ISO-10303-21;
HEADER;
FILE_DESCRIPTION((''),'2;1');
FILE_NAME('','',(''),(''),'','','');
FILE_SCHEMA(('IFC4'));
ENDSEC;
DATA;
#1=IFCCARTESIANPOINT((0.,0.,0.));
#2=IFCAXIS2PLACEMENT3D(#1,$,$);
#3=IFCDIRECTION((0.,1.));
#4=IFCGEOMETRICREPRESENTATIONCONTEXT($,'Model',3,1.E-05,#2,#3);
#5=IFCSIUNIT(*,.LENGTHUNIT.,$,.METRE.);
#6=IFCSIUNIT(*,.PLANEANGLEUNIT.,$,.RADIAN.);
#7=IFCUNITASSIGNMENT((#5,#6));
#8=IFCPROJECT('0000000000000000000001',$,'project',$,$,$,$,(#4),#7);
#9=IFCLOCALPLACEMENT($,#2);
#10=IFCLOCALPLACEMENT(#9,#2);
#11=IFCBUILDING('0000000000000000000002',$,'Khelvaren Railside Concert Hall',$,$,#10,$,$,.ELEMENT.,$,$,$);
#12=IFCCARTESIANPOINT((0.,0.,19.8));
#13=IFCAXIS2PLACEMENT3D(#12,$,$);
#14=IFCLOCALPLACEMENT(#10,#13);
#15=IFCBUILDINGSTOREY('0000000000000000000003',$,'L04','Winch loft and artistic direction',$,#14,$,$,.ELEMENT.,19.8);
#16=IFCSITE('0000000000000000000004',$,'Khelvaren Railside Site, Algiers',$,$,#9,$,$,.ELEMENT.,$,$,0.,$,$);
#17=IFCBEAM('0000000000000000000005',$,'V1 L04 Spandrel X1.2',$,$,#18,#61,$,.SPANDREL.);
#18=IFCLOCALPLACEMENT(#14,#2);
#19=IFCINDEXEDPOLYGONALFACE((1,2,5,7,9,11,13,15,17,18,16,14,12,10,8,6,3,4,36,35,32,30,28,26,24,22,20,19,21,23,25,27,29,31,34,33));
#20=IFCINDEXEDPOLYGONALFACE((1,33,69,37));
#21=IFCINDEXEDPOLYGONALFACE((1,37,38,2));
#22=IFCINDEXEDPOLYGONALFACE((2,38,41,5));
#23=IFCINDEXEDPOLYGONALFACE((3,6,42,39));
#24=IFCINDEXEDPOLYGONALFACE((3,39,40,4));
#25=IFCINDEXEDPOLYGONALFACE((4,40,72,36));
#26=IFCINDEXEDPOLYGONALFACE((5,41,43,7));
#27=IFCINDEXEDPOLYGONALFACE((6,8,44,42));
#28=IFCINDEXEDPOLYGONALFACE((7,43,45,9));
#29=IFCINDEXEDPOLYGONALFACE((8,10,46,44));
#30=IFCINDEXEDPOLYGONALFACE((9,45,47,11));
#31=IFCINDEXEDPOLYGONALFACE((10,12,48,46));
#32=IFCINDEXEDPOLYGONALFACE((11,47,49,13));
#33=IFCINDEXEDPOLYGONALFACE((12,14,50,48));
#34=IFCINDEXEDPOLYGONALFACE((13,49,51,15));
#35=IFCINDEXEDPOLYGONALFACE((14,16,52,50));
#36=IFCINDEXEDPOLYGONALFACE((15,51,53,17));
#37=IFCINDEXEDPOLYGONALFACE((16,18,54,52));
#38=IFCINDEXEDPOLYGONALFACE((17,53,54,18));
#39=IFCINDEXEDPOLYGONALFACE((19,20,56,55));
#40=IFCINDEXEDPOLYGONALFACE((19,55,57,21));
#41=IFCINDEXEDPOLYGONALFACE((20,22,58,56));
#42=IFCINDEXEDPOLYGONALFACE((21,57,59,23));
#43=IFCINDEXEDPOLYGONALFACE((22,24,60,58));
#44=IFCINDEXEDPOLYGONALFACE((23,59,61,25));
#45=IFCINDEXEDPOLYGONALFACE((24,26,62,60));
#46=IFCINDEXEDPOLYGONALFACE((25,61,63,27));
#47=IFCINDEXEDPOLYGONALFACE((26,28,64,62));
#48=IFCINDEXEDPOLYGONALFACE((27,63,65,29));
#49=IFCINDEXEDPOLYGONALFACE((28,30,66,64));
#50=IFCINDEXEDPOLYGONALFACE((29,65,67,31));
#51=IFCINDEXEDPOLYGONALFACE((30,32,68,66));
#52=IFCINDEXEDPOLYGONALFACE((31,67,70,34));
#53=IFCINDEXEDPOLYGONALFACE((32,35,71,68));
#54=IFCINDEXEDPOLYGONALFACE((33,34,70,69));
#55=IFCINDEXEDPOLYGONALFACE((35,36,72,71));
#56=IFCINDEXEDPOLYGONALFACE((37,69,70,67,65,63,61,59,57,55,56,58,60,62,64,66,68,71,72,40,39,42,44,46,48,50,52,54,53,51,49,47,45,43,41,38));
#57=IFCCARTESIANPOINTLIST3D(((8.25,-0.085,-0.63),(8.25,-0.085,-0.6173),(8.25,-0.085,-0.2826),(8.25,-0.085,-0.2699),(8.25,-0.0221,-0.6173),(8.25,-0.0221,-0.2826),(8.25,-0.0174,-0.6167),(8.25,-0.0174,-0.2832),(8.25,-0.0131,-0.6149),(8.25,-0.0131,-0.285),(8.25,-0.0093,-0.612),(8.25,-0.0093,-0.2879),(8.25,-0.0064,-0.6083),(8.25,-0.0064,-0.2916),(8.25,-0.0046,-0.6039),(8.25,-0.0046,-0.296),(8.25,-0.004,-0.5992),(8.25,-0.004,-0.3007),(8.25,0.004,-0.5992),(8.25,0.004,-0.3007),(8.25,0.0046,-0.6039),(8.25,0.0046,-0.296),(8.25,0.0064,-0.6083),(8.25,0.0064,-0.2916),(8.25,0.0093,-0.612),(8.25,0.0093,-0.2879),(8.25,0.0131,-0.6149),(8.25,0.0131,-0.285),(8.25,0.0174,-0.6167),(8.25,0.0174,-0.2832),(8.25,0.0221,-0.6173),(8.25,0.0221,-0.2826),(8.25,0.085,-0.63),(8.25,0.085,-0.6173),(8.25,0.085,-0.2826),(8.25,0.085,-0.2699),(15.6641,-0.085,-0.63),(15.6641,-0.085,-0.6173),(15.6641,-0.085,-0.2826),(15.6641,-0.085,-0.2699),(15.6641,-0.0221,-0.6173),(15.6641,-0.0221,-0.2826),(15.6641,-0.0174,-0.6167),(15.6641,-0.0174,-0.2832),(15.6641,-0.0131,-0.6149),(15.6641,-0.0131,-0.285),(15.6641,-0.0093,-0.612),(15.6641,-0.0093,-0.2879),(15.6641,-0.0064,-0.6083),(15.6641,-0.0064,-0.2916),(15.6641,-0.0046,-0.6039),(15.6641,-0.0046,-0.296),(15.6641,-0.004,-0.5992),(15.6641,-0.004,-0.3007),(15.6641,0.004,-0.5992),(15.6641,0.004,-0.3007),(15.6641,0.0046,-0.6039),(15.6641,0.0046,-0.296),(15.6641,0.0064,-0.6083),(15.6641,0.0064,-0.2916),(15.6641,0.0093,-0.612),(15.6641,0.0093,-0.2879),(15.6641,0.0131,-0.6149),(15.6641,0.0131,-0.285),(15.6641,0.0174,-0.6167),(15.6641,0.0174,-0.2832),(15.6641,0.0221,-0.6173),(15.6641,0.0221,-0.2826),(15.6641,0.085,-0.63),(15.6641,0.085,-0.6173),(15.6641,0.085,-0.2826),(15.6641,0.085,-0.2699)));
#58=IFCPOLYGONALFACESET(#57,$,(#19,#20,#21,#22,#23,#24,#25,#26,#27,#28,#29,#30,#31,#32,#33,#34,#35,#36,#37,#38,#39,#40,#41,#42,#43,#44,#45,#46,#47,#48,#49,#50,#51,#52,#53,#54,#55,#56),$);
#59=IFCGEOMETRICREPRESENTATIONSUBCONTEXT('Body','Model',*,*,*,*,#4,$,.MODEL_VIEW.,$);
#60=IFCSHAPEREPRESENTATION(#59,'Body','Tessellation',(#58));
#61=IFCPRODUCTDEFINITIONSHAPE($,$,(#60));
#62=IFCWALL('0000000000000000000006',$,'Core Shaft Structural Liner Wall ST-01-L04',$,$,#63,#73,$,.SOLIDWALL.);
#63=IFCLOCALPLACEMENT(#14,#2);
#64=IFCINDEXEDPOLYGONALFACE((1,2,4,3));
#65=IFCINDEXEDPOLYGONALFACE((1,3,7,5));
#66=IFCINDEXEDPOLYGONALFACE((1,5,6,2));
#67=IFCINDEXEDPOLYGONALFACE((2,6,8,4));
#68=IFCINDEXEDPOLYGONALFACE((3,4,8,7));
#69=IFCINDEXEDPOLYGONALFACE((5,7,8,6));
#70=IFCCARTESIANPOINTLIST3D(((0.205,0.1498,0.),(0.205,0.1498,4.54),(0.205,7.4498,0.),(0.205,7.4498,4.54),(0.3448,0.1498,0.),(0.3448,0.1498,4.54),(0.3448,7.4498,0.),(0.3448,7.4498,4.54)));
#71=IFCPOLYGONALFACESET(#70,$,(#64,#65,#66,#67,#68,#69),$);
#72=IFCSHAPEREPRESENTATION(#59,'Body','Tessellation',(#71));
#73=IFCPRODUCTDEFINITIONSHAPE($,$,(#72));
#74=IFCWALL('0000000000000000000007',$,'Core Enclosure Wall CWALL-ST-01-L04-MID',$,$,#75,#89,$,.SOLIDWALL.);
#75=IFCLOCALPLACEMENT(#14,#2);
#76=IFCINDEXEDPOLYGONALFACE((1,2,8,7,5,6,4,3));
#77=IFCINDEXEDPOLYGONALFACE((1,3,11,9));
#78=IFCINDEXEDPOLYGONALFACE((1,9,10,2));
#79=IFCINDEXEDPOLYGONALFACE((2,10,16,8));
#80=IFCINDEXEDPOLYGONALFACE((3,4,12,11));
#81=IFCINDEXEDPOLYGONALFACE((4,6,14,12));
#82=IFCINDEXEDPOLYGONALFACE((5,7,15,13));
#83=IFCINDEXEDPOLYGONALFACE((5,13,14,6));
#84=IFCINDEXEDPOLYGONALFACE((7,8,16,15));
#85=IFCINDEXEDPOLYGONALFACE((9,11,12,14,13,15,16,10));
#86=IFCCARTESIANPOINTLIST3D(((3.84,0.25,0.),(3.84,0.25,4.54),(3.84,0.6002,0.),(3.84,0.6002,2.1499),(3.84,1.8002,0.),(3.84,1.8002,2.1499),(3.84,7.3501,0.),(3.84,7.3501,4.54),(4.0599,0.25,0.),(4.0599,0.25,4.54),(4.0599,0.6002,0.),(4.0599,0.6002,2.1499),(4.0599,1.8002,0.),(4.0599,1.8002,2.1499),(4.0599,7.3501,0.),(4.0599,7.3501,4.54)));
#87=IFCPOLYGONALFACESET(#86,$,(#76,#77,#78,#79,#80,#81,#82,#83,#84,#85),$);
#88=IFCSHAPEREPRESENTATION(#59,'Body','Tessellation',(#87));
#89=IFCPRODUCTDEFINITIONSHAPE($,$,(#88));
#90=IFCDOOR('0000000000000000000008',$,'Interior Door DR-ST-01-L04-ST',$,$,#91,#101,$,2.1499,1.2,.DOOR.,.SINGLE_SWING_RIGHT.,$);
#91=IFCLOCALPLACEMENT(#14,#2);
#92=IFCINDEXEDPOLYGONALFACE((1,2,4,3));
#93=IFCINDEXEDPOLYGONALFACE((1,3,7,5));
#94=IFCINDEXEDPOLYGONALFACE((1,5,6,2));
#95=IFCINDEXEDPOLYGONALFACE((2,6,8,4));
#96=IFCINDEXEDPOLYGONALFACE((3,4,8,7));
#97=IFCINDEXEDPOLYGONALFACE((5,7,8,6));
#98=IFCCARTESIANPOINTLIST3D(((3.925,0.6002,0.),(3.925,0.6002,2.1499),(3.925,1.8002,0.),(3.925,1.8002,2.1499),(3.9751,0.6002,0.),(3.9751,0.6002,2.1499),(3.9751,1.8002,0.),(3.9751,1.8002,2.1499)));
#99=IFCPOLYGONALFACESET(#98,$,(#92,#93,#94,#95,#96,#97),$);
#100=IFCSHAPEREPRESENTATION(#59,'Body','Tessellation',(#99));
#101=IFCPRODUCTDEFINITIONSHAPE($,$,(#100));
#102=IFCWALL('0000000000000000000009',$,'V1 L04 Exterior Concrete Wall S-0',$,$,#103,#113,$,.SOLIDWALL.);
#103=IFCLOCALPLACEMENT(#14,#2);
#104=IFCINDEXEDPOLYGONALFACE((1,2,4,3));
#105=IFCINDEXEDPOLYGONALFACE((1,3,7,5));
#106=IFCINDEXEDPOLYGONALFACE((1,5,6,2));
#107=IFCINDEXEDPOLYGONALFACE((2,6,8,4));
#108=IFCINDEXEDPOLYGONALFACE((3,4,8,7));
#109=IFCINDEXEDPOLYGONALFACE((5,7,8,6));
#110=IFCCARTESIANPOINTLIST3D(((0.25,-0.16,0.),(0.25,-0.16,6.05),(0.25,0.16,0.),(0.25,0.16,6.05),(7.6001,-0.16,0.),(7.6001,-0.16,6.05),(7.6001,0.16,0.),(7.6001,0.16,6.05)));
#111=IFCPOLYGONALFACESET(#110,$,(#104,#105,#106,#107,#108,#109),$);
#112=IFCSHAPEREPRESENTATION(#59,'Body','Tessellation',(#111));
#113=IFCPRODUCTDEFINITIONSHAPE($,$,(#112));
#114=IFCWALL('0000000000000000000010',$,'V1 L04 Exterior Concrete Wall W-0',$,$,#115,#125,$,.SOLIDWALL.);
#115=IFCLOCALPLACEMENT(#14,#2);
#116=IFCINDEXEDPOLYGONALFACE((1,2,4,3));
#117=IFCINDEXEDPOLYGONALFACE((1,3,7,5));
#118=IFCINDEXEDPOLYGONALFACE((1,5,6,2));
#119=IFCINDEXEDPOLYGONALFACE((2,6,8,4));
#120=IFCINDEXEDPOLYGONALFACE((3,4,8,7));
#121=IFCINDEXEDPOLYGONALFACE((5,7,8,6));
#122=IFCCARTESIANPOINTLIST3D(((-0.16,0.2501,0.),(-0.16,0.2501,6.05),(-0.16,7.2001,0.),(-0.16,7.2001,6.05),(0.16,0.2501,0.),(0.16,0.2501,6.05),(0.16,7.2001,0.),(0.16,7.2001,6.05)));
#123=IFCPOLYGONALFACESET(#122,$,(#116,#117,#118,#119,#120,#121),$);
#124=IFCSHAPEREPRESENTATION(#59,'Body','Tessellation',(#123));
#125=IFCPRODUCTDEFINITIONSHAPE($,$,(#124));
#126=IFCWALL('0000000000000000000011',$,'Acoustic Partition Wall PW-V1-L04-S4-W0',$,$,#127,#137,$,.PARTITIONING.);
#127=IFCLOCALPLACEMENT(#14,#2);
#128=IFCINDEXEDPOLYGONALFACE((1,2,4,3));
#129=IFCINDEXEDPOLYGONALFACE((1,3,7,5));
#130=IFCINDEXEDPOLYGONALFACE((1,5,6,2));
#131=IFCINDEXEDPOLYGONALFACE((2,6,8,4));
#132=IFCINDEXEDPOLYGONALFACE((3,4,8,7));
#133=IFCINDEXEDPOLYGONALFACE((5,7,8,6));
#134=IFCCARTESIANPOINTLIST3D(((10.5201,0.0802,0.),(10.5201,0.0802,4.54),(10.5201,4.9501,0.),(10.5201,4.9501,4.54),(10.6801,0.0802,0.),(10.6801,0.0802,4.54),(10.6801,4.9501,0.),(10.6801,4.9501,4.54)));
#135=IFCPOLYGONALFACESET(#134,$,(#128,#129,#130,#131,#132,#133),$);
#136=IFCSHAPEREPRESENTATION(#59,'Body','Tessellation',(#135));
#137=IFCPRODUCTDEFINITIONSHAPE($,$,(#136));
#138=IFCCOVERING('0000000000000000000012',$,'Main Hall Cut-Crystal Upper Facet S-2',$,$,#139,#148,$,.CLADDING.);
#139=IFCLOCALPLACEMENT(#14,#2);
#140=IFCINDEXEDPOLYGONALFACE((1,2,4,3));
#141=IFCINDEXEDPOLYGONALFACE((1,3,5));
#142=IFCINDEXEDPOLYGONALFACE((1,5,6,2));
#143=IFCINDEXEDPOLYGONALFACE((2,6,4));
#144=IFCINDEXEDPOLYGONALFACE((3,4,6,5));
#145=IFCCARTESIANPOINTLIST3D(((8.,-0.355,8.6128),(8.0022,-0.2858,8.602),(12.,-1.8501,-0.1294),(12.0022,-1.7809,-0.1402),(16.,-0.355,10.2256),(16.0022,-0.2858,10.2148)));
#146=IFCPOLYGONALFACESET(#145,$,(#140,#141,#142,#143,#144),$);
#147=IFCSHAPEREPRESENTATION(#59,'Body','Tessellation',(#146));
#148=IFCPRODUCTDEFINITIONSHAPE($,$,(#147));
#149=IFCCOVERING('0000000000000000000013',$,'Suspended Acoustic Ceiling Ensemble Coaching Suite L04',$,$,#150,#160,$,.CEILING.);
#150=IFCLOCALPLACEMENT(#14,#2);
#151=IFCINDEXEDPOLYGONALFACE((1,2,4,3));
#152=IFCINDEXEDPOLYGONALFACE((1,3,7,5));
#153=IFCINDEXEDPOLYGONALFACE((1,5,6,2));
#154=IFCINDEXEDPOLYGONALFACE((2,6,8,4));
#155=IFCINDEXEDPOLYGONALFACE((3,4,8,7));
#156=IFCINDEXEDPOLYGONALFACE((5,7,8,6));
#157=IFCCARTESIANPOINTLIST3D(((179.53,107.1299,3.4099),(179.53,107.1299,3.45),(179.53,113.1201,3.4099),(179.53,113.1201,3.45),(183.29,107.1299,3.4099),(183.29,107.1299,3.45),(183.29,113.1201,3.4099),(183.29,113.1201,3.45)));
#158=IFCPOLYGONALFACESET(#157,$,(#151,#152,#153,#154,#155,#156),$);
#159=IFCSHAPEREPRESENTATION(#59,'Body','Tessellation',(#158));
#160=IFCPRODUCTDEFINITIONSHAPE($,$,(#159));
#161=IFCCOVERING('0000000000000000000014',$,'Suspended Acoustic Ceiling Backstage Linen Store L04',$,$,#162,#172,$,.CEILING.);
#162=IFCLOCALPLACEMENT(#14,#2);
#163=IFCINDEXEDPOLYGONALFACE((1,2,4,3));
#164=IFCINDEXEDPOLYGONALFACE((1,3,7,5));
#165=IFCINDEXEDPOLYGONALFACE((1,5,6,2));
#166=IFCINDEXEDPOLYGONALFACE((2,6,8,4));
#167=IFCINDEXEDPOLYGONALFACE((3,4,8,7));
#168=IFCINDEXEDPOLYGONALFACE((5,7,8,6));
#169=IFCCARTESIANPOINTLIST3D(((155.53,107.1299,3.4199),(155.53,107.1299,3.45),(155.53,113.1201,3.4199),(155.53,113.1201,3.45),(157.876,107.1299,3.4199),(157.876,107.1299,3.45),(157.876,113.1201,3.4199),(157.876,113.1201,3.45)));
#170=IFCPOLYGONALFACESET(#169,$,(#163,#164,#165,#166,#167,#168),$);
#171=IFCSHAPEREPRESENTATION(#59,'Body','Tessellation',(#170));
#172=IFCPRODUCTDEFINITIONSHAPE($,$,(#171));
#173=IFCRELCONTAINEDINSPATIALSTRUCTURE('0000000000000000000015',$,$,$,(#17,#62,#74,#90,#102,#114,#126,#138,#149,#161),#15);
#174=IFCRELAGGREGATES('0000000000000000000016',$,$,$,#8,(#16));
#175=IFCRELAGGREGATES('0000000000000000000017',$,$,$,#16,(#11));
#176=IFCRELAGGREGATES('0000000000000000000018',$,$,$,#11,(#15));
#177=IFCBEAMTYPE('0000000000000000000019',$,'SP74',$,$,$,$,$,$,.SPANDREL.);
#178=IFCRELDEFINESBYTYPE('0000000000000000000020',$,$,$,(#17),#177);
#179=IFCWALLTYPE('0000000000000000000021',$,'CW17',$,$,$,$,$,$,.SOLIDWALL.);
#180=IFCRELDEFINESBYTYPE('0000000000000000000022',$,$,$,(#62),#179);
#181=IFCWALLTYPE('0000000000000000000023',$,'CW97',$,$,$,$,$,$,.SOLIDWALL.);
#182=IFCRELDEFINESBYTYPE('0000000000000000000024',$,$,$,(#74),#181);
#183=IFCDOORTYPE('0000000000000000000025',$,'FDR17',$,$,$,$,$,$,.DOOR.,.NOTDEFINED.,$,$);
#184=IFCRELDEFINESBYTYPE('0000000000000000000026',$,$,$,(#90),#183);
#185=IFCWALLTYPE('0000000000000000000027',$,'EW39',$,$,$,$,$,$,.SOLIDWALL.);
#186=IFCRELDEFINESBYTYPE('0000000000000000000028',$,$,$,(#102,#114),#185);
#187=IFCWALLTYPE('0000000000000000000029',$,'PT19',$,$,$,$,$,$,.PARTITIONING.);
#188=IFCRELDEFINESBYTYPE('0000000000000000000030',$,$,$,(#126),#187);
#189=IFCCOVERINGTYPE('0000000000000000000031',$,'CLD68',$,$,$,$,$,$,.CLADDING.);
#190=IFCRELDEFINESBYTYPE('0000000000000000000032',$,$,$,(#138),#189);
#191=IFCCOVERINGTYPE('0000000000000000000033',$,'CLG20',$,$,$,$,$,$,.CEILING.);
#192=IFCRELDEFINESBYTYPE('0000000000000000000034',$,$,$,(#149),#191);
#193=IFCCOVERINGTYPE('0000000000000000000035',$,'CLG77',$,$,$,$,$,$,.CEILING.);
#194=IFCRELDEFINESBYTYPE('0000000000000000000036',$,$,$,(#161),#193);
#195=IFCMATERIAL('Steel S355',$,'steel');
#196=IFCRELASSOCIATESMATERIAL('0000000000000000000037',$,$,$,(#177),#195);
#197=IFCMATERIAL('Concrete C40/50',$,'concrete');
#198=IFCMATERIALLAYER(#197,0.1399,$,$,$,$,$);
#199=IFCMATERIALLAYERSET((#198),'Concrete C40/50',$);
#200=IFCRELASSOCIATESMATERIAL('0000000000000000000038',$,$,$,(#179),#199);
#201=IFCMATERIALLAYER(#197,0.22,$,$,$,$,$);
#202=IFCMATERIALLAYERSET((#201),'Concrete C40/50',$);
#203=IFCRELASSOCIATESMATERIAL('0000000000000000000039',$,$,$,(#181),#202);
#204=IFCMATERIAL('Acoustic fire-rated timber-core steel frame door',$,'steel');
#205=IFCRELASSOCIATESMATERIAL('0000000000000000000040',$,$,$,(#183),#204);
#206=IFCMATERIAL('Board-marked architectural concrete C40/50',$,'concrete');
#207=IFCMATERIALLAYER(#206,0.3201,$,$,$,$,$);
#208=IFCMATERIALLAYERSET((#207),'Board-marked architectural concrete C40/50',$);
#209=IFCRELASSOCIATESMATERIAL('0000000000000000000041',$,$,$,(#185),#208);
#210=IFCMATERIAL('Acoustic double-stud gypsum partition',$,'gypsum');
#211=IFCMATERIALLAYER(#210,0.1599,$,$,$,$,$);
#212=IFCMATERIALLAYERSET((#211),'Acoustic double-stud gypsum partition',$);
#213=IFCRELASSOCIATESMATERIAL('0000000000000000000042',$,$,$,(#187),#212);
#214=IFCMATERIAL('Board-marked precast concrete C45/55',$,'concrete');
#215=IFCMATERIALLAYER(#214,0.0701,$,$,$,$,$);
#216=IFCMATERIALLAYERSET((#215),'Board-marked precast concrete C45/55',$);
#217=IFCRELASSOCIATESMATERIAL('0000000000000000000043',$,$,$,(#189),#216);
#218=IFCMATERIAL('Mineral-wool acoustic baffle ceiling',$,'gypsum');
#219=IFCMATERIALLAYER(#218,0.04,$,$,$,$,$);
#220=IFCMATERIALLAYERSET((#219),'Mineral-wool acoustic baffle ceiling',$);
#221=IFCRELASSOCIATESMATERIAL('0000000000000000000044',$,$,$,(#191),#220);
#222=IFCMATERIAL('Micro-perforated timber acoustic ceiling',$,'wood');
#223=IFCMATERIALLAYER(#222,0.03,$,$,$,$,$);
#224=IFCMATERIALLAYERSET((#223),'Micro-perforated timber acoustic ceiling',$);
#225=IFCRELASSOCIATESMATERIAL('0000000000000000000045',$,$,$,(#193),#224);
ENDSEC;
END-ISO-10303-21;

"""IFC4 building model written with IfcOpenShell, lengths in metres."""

from ifc_helpers import new_model, si_unit, direction, frame, frame_2d, origin, origin_2d, place, context, subcontext, project, spatial, polyline, rectangle, i_section, outline, extrude, material, layer, layer_set, material_profile, profile_set, type_object, element, fill, save


model = new_model("IFC4")

# Units and contexts
model_context = context("Model", 3, precision=1e-05, world=origin(), true_north=direction((0.0, 1.0)))
body_context = subcontext(model_context, "Body", "Model", "MODEL_VIEW")
ifc_project = project(units=[si_unit("LENGTHUNIT", "METRE"), si_unit("PLANEANGLEUNIT", "RADIAN")], contexts=[model_context])

# Site, building, storey
site_placement = place(None, origin())
site = spatial("IfcSite", under=ifc_project, at=site_placement, Name="Khelvaren Railside Site, Algiers", CompositionType="ELEMENT", RefElevation=0.0)
building_placement = place(site_placement, origin())
building = spatial("IfcBuilding", under=site, at=building_placement, Name="Khelvaren Railside Concert Hall", CompositionType="ELEMENT")
storey_placement = place(building_placement, frame((0.0, 0.0, 19.8)))
storey = spatial("IfcBuildingStorey", under=building, at=storey_placement, Name="L04", Description="Winch loft and artistic direction", CompositionType="ELEMENT", Elevation=19.8)

# Beam
ifc_material_1 = material(Name="Steel S355", Category="steel")
ifc_material_2 = material(Name="Concrete C40/50", Category="concrete")
ifc_material_profile_1 = material_profile(ifc_material_1, i_section(OverallWidth=0.1699, OverallDepth=0.3601, WebThickness=0.0081, FlangeThickness=0.0127, FilletRadius=0.0181, at=origin_2d()), Name="IPE 360")
ifc_profile_set_1 = profile_set([ifc_material_profile_1], Name="Steel S355")
beam_type_1 = type_object("IfcBeamType", Name="SP74", PredefinedType="SPANDREL", material=ifc_profile_set_1)
beam_1_placement = place(storey_placement, frame((8.25, 0.0, -0.45), z_axis=(1.0, 0.0, 0.0), x_axis=(0.0, 1.0, 0.0)))
element("IfcBeam", 1, at=beam_1_placement, inside=storey, type_object=beam_type_1, Name="V1 L04 Spandrel X1.2", PredefinedType="SPANDREL", context=body_context, shape_type="SweptSolid", body=[
    extrude(i_section(OverallWidth=0.1699, OverallDepth=0.3601, WebThickness=0.0081, FlangeThickness=0.0127, FilletRadius=0.0181, at=origin_2d()), origin(), (0.0, 0.0, 1.0), 7.4141),
])

# Wall
ifc_layer_1 = layer(ifc_material_2, 0.1399)
ifc_layer_set_1 = layer_set([ifc_layer_1], Name="Concrete C40/50")
wall_type_1 = type_object("IfcWallType", Name="CW17", PredefinedType="SOLIDWALL", material=ifc_layer_set_1)
wall_1_placement = place(storey_placement, frame((0.2749, 0.1499, 0.0), z_axis=(0.0, 0.0, 1.0), x_axis=(0.0, 1.0, 0.0)))
element("IfcWall", 2, at=wall_1_placement, inside=storey, type_object=wall_type_1, Name="Core Shaft Structural Liner Wall ST-01-L04", PredefinedType="SOLIDWALL", context=body_context, shape_type="SweptSolid", body=[
    extrude(rectangle(XDim=7.3, YDim=0.1399, at=frame_2d((3.6499, 0.0))), origin(), (0.0, 0.0, 1.0), 4.54),
])

# Wall, opening, door
ifc_layer_2 = layer(ifc_material_2, 0.22)
ifc_layer_set_2 = layer_set([ifc_layer_2], Name="Concrete C40/50")
wall_type_2 = type_object("IfcWallType", Name="CW97", PredefinedType="SOLIDWALL", material=ifc_layer_set_2)
wall_2_placement = place(storey_placement, frame((3.95, 0.25, 0.0), z_axis=(0.0, 0.0, 1.0), x_axis=(0.0, 1.0, 0.0)))
wall_2 = element("IfcWall", 3, at=wall_2_placement, inside=storey, type_object=wall_type_2, Name="Core Enclosure Wall CWALL-ST-01-L04-MID", PredefinedType="SOLIDWALL", context=body_context, shape_type="SweptSolid", body=[
    extrude(rectangle(XDim=7.1001, YDim=0.22, at=frame_2d((3.55, 0.0))), origin(), (0.0, 0.0, 1.0), 4.54),
])
opening_placement = place(wall_2_placement, frame((0.3501, 0.0, 0.0)))
opening = element("IfcOpeningElement", 4, at=opening_placement, cuts=wall_2, PredefinedType="OPENING", context=body_context, shape_type="SweptSolid", body=[
    extrude(rectangle(XDim=1.2, YDim=2.1499, at=frame_2d((0.6001, 1.075))), frame((0.0, 0.1199, 0.0), z_axis=(0.0, -1.0, 0.0), x_axis=(1.0, 0.0, 0.0)), (0.0, 0.0, 1.0), 0.24),
])
ifc_material_3 = material(Name="Acoustic fire-rated timber-core steel frame door", Category="steel")
door_type = type_object("IfcDoorType", Name="FDR17", OperationType="NOTDEFINED", PredefinedType="DOOR", material=ifc_material_3)
door_placement = place(opening_placement, origin())
door = element("IfcDoor", 5, at=door_placement, inside=storey, type_object=door_type, Name="Interior Door DR-ST-01-L04-ST", OperationType="SINGLE_SWING_RIGHT", OverallHeight=2.1499, OverallWidth=1.2, PredefinedType="DOOR", context=body_context, shape_type="SweptSolid", body=[
    extrude(rectangle(XDim=1.2, YDim=2.1499, at=frame_2d((0.6001, 1.075))), frame((0.0, 0.0249, 0.0), z_axis=(0.0, -1.0, 0.0), x_axis=(1.0, 0.0, 0.0)), (0.0, 0.0, 1.0), 0.05),
])
fill(opening, door)

# Walls
ifc_material_4 = material(Name="Board-marked architectural concrete C40/50", Category="concrete")
ifc_layer_3 = layer(ifc_material_4, 0.3201)
ifc_layer_set_3 = layer_set([ifc_layer_3], Name="Board-marked architectural concrete C40/50")
wall_type_3 = type_object("IfcWallType", Name="EW39", PredefinedType="SOLIDWALL", material=ifc_layer_set_3)
wall_3_placement = place(storey_placement, frame((7.6001, 0.0, 0.0), z_axis=(0.0, 0.0, 1.0), x_axis=(-1.0, 0.0, 0.0)))
element("IfcWall", 6, at=wall_3_placement, inside=storey, type_object=wall_type_3, Name="V1 L04 Exterior Concrete Wall S-0", PredefinedType="SOLIDWALL", context=body_context, shape_type="SweptSolid", body=[
    extrude(rectangle(XDim=7.3501, YDim=0.3201, at=frame_2d((3.675, 0.0))), origin(), (0.0, 0.0, 1.0), 6.05),
])
wall_4_placement = place(storey_placement, frame((0.0, 0.25, 0.0), z_axis=(0.0, 0.0, 1.0), x_axis=(0.0, 1.0, 0.0)))
element("IfcWall", 7, at=wall_4_placement, inside=storey, type_object=wall_type_3, Name="V1 L04 Exterior Concrete Wall W-0", PredefinedType="SOLIDWALL", context=body_context, shape_type="SweptSolid", body=[
    extrude(rectangle(XDim=6.95, YDim=0.3201, at=frame_2d((3.4751, 0.0))), origin(), (0.0, 0.0, 1.0), 6.05),
])
ifc_material_5 = material(Name="Acoustic double-stud gypsum partition", Category="gypsum")
ifc_layer_4 = layer(ifc_material_5, 0.1599)
ifc_layer_set_4 = layer_set([ifc_layer_4], Name="Acoustic double-stud gypsum partition")
wall_type_4 = type_object("IfcWallType", Name="PT19", PredefinedType="PARTITIONING", material=ifc_layer_set_4)
wall_5_placement = place(storey_placement, frame((10.6001, 0.0801, 0.0), z_axis=(0.0, 0.0, 1.0), x_axis=(0.0, 1.0, 0.0)))
element("IfcWall", 8, at=wall_5_placement, inside=storey, type_object=wall_type_4, Name="Acoustic Partition Wall PW-V1-L04-S4-W0", PredefinedType="PARTITIONING", context=body_context, shape_type="SweptSolid", body=[
    extrude(rectangle(XDim=4.8699, YDim=0.1599, at=frame_2d((2.4351, 0.0))), origin(), (0.0, 0.0, 1.0), 4.54),
])

# Coverings
ifc_material_6 = material(Name="Board-marked precast concrete C45/55", Category="concrete")
ifc_layer_5 = layer(ifc_material_6, 0.0701)
ifc_layer_set_5 = layer_set([ifc_layer_5], Name="Board-marked precast concrete C45/55")
covering_type_1 = type_object("IfcCoveringType", Name="CLD68", PredefinedType="CLADDING", material=ifc_layer_set_5)
covering_1_placement = place(storey_placement, frame((8.0, -0.355, 8.6128), z_axis=(-0.031171, -0.987482, 0.15462), x_axis=(0.980278, 0.0, 0.197623)))
element("IfcCovering", 9, at=covering_1_placement, inside=storey, type_object=covering_type_1, Name="Main Hall Cut-Crystal Upper Facet S-2", PredefinedType="CLADDING", context=body_context, shape_type="SweptSolid", body=[
    extrude(outline(polyline([(0.0, 0.0), (8.1609, 0.0), (2.1935, -9.4789), (0.0, 0.0)])), origin(), (0.0, 0.0, -1.0), 0.0701),
])
ifc_material_7 = material(Name="Mineral-wool acoustic baffle ceiling", Category="gypsum")
ifc_layer_6 = layer(ifc_material_7, 0.04)
ifc_layer_set_6 = layer_set([ifc_layer_6], Name="Mineral-wool acoustic baffle ceiling")
covering_type_2 = type_object("IfcCoveringType", Name="CLG20", PredefinedType="CEILING", material=ifc_layer_set_6)
covering_2_placement = place(storey_placement, frame((0.0, 0.0, 3.4099)))
element("IfcCovering", 10, at=covering_2_placement, inside=storey, type_object=covering_type_2, Name="Suspended Acoustic Ceiling Ensemble Coaching Suite L04", PredefinedType="CEILING", context=body_context, shape_type="SweptSolid", body=[
    extrude(outline(polyline([(179.53, 107.1299), (183.29, 107.1299), (183.29, 113.1201), (179.53, 113.1201), (179.53, 107.1299)])), origin(), (0.0, 0.0, 1.0), 0.04),
])
ifc_material_8 = material(Name="Micro-perforated timber acoustic ceiling", Category="wood")
ifc_layer_7 = layer(ifc_material_8, 0.03)
ifc_layer_set_7 = layer_set([ifc_layer_7], Name="Micro-perforated timber acoustic ceiling")
covering_type_3 = type_object("IfcCoveringType", Name="CLG77", PredefinedType="CEILING", material=ifc_layer_set_7)
covering_3_placement = place(storey_placement, frame((0.0, 0.0, 3.4199)))
element("IfcCovering", 11, at=covering_3_placement, inside=storey, type_object=covering_type_3, Name="Suspended Acoustic Ceiling Backstage Linen Store L04", PredefinedType="CEILING", context=body_context, shape_type="SweptSolid", body=[
    extrude(outline(polyline([(155.53, 107.1299), (157.876, 107.1299), (157.876, 113.1201), (155.53, 113.1201), (155.53, 107.1299)])), origin(), (0.0, 0.0, 1.0), 0.03),
])

save(model, "model.ifc")
